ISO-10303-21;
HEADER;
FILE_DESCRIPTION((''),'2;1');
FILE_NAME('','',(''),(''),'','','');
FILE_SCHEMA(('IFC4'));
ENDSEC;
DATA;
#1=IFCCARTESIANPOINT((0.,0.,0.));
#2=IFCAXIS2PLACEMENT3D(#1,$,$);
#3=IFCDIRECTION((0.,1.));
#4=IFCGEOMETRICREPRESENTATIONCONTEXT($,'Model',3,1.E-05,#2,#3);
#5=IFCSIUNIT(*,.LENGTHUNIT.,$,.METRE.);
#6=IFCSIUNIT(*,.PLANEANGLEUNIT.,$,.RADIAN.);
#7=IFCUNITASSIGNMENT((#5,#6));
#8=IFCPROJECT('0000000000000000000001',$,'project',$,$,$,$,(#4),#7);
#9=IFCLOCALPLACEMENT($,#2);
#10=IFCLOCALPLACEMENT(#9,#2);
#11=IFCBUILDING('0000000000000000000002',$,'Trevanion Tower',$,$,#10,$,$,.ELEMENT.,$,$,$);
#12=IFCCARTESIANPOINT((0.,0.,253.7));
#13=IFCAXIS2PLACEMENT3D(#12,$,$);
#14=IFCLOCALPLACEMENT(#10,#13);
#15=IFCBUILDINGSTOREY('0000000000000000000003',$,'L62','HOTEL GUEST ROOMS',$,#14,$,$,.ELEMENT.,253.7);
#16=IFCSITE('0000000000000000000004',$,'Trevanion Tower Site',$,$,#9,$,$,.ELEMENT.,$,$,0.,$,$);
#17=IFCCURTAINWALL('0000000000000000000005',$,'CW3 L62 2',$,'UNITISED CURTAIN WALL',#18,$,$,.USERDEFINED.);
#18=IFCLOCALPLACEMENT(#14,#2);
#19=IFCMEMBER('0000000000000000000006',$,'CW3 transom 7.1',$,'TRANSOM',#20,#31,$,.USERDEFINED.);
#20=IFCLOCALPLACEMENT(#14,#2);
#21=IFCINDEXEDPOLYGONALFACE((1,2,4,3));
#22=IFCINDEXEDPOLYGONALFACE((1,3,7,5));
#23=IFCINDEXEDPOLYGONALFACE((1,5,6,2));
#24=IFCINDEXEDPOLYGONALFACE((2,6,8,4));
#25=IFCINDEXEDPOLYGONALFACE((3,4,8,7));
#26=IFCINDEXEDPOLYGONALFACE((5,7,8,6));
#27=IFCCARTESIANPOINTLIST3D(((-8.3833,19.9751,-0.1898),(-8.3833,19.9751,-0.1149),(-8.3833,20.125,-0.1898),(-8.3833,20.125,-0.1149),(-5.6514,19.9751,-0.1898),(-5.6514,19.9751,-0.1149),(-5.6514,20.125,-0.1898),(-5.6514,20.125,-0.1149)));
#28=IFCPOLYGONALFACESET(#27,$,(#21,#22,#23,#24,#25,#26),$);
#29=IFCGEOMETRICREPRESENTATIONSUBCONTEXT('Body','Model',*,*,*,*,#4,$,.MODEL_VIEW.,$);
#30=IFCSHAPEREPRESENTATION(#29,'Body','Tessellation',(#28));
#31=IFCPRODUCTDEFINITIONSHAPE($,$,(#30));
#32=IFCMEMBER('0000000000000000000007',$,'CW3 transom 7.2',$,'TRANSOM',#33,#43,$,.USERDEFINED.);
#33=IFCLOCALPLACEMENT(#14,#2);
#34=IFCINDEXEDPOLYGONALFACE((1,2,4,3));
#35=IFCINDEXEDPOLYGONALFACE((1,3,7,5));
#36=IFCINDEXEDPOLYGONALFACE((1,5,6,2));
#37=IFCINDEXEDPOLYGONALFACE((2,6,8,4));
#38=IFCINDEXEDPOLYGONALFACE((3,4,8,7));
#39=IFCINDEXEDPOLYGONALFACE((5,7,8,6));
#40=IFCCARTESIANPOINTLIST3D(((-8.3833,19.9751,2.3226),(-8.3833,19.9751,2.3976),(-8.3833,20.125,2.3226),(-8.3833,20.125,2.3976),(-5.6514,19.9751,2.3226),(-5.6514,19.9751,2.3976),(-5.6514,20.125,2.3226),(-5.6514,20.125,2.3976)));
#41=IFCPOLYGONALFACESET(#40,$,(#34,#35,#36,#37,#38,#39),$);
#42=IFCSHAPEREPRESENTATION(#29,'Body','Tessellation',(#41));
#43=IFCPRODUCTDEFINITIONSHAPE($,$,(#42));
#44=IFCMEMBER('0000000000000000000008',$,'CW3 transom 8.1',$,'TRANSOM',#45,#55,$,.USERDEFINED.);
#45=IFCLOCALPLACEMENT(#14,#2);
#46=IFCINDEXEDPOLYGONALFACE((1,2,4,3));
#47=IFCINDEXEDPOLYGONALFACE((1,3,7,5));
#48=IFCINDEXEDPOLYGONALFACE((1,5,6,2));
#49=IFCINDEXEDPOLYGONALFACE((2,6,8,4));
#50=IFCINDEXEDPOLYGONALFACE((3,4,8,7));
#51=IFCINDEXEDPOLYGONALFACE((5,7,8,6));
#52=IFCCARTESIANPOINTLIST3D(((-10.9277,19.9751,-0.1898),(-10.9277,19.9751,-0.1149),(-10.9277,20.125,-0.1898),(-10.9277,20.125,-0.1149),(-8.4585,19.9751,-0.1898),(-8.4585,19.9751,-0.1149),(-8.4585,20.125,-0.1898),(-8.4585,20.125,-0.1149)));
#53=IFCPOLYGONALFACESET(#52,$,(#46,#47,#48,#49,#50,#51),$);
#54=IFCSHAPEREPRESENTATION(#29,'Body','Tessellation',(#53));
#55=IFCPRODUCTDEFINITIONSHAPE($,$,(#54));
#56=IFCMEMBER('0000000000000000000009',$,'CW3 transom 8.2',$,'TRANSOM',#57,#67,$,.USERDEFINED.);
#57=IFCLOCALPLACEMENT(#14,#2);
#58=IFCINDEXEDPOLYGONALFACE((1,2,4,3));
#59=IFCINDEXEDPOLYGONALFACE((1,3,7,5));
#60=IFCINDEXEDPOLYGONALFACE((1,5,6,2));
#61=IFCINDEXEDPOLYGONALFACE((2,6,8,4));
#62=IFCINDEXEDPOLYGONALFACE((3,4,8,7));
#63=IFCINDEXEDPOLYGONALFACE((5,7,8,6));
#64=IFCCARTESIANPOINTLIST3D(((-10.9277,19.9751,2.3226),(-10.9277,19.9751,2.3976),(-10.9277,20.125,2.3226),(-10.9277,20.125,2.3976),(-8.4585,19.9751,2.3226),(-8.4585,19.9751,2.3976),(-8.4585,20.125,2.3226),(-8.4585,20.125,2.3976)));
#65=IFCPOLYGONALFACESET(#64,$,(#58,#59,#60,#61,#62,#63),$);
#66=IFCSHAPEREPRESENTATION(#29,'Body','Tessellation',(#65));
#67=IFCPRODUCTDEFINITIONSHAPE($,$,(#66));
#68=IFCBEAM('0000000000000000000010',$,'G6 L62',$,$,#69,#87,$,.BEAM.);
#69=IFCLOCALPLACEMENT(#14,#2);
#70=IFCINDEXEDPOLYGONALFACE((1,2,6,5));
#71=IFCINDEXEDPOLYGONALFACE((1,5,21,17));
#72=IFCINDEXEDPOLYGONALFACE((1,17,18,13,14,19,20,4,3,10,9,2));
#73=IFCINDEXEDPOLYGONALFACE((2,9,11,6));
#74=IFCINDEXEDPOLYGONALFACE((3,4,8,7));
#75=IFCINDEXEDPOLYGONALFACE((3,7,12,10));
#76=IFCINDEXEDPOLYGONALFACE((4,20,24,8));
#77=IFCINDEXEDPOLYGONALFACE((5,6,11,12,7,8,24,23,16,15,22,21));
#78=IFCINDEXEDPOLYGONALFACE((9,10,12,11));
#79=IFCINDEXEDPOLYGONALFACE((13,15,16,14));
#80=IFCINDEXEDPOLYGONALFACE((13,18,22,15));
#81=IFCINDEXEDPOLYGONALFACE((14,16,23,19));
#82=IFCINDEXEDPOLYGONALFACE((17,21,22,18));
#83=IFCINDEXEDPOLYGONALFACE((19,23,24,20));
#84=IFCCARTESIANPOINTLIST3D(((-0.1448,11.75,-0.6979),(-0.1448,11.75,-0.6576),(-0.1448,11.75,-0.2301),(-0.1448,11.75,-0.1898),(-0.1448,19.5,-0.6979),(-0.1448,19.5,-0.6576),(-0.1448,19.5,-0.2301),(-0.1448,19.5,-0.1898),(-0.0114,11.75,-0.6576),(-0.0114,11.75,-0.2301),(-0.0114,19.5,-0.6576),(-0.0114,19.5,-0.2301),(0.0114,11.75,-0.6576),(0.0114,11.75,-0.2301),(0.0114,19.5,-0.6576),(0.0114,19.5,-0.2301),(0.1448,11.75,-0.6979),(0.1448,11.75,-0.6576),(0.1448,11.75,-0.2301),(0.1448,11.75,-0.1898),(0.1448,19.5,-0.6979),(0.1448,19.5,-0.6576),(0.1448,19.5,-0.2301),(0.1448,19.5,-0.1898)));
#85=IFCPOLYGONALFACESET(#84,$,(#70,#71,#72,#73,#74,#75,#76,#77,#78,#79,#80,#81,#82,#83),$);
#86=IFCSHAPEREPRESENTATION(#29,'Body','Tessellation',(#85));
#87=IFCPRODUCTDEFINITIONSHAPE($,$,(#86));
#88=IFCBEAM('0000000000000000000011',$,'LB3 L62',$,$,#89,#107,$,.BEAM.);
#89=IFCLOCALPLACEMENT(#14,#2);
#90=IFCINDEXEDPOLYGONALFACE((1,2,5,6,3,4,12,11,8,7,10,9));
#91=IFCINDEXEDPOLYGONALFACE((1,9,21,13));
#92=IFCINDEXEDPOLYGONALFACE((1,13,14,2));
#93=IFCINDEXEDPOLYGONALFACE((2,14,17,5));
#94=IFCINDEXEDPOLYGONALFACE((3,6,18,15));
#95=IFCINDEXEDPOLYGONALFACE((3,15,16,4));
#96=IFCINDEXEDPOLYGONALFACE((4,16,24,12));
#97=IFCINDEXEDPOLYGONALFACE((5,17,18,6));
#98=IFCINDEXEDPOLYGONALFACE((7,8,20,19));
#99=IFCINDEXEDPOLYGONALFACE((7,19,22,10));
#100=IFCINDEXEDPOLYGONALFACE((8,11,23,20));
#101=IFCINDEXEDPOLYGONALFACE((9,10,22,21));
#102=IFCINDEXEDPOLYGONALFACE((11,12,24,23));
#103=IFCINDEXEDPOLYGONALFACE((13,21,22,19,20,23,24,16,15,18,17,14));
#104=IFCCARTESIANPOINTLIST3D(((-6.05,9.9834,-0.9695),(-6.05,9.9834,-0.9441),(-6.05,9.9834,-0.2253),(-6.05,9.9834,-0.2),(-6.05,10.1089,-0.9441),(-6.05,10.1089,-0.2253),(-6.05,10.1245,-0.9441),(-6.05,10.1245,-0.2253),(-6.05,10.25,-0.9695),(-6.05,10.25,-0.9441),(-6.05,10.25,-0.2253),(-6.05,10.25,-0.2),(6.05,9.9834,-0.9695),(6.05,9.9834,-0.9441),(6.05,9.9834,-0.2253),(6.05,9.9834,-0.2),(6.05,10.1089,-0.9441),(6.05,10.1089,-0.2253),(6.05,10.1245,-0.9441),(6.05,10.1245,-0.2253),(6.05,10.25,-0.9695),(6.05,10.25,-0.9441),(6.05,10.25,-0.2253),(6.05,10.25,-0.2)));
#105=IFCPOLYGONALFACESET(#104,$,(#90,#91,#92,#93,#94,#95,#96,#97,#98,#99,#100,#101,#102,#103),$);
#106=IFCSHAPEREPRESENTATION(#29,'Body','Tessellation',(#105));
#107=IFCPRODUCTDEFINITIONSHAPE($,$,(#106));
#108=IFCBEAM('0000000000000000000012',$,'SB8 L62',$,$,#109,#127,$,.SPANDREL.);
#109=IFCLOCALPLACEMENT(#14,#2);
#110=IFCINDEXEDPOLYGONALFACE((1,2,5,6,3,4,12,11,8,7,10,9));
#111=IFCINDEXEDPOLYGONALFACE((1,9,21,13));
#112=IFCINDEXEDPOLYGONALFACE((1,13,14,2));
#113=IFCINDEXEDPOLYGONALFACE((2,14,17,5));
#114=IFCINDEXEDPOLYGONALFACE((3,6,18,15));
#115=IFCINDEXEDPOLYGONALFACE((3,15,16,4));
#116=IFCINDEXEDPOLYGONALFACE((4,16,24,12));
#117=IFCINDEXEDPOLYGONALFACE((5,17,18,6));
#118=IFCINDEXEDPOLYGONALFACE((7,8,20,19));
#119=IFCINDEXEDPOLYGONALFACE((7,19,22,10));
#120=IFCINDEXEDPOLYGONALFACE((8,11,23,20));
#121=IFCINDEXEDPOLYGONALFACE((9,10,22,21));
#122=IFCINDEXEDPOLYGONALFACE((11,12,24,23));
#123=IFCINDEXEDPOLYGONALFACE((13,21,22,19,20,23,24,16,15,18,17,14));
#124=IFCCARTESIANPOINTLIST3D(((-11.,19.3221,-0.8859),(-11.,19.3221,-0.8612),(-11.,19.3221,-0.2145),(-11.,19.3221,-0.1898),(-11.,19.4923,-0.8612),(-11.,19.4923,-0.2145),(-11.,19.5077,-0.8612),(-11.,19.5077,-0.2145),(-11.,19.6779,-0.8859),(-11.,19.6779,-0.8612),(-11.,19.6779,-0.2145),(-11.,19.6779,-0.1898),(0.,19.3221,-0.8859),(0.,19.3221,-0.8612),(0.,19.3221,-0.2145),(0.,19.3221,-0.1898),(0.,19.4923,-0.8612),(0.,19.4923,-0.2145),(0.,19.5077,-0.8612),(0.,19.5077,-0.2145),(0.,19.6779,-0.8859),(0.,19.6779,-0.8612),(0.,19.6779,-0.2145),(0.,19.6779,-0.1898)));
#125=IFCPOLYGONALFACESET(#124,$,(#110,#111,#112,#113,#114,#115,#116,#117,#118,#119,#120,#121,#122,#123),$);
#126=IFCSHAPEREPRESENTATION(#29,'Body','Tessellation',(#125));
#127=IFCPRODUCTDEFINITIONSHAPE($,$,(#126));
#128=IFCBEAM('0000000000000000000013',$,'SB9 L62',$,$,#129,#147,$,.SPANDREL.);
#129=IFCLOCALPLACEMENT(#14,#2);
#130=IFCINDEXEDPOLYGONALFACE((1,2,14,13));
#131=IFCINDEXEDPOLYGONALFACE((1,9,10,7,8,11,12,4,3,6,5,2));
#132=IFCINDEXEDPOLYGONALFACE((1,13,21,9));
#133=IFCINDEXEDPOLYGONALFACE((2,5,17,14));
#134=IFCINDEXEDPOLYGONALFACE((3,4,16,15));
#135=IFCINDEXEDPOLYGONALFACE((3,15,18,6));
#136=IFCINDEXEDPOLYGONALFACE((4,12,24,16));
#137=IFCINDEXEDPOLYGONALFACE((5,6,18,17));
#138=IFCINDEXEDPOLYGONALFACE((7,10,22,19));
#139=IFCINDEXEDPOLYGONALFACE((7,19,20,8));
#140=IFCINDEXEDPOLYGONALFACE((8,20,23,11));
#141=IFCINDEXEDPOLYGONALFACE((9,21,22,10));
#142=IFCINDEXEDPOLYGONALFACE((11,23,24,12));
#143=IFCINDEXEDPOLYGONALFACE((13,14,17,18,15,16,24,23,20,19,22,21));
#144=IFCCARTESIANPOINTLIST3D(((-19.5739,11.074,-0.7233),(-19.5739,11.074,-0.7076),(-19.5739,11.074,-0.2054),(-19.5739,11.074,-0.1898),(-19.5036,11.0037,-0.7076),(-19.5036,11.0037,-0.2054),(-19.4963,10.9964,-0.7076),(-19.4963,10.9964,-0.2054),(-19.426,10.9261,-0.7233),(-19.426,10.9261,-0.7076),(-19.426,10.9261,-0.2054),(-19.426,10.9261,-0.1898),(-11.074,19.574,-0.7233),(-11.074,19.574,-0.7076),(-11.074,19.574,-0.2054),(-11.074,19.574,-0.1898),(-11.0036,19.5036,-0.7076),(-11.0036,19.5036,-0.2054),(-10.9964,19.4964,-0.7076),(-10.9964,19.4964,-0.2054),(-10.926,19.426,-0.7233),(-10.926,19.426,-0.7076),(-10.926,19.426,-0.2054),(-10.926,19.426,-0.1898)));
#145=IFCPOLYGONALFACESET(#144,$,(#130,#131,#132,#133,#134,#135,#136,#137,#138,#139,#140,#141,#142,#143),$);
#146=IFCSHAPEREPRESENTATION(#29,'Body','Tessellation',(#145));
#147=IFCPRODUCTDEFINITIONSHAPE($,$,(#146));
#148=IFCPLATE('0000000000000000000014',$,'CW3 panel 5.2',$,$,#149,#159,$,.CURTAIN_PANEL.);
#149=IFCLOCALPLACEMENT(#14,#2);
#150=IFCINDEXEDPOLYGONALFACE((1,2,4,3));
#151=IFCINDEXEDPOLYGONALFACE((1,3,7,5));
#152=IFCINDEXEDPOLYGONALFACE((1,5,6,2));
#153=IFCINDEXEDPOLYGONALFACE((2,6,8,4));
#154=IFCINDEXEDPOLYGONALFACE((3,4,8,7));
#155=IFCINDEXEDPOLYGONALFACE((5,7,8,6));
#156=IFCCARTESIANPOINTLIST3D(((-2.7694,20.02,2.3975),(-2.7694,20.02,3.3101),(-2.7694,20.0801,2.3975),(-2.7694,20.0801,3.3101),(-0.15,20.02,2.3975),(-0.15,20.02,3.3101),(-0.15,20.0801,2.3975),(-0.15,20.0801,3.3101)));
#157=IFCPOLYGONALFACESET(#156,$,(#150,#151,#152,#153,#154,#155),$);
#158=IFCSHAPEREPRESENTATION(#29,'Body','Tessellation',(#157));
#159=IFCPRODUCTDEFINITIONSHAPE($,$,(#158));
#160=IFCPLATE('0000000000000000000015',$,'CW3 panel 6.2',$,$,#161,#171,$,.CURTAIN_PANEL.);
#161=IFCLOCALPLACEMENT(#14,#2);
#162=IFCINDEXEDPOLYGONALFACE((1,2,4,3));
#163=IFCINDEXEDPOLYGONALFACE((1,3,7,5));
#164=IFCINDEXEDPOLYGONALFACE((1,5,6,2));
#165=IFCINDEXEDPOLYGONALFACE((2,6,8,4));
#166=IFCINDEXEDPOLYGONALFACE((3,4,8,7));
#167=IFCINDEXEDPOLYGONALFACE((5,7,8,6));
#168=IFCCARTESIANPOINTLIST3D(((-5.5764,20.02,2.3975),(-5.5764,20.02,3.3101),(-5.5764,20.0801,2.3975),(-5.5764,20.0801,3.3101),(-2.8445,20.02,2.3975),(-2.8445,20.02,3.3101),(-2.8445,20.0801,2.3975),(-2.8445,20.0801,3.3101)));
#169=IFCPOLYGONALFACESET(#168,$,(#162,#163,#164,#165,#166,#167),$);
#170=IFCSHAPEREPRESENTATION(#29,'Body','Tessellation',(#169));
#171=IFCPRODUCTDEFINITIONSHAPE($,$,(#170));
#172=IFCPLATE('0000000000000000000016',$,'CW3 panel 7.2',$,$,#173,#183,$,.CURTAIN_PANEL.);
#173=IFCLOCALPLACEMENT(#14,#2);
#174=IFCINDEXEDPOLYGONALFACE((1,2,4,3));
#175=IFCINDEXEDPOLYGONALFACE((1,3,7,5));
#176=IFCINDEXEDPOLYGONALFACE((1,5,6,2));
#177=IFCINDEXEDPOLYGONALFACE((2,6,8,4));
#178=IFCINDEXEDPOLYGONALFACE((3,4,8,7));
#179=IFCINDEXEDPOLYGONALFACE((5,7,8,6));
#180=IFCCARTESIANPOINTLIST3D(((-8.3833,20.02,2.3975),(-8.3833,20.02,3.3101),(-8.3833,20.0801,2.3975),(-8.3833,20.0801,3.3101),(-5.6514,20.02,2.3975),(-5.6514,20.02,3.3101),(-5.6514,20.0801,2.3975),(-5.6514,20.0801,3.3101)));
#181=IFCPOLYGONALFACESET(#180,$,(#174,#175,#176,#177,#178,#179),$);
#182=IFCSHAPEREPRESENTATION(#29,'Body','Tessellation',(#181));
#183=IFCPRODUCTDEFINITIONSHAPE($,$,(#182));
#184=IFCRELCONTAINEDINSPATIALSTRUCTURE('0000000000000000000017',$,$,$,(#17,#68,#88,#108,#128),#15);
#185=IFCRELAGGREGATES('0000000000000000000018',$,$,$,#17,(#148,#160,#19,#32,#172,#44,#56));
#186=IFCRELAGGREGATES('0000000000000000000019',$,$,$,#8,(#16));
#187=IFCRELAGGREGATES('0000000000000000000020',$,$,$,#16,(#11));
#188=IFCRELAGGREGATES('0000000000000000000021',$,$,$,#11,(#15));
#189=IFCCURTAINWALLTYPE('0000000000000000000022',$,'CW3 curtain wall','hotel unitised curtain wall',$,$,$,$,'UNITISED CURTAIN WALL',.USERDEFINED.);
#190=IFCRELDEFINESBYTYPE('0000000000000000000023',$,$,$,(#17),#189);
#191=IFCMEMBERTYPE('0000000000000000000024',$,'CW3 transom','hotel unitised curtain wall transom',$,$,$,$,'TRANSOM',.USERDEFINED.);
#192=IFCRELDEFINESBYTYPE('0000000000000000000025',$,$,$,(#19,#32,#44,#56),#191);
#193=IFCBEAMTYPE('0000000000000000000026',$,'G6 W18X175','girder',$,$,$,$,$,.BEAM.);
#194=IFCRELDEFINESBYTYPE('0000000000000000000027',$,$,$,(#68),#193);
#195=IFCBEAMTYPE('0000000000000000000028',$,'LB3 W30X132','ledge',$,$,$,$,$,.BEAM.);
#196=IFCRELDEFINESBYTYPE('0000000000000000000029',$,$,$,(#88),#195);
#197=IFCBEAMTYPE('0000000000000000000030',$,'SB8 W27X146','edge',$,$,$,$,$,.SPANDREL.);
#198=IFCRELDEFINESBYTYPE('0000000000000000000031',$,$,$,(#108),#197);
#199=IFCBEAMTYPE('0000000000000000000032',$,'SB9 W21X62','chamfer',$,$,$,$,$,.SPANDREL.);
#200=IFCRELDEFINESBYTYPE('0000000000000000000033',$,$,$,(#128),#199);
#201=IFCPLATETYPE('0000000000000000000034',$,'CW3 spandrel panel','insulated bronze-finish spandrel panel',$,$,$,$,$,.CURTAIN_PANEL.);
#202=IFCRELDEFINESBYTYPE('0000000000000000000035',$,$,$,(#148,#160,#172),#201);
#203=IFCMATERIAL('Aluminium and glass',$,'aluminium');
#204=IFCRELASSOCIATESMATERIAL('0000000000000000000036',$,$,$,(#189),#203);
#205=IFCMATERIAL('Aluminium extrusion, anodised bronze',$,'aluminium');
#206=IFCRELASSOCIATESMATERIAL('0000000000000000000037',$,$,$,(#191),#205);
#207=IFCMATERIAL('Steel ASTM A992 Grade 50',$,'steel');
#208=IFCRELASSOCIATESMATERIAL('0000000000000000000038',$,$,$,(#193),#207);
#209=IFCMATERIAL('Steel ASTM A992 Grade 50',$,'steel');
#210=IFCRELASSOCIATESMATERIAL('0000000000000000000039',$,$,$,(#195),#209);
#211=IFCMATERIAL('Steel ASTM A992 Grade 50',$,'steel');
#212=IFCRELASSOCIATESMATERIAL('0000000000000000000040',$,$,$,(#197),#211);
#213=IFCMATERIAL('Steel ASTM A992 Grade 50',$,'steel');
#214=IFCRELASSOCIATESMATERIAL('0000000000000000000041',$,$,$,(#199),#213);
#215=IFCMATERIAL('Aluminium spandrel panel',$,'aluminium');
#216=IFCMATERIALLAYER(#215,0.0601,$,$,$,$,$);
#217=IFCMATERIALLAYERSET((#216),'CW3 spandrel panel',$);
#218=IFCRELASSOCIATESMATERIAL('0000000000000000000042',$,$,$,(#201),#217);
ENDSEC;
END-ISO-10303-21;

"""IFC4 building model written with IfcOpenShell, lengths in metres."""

from ifc_helpers import new_model, si_unit, direction, frame, origin, origin_2d, place, context, subcontext, project, spatial, rectangle, i_section, extrude, material, layer, layer_set, material_profile, profile_set, type_object, element, aggregate, save


model = new_model("IFC4")

# Units and contexts
model_context = context("Model", 3, precision=1e-05, world=origin(), true_north=direction((0.0, 1.0)))
body_context = subcontext(model_context, "Body", "Model", "MODEL_VIEW")
ifc_project = project(units=[si_unit("LENGTHUNIT", "METRE"), si_unit("PLANEANGLEUNIT", "RADIAN")], contexts=[model_context])

# Site, building, storey
site_placement = place(None, origin())
site = spatial("IfcSite", under=ifc_project, at=site_placement, Name="Trevanion Tower Site", CompositionType="ELEMENT", RefElevation=0.0)
building_placement = place(site_placement, origin())
building = spatial("IfcBuilding", under=site, at=building_placement, Name="Trevanion Tower", CompositionType="ELEMENT")
storey_placement = place(building_placement, frame((0.0, 0.0, 253.7)))
storey = spatial("IfcBuildingStorey", under=building, at=storey_placement, Name="L62", Description="HOTEL GUEST ROOMS", CompositionType="ELEMENT", Elevation=253.7)

# Curtain wall, members
ifc_material_1 = material(Name="Aluminium and glass", Category="aluminium")
curtain_wall_type = type_object("IfcCurtainWallType", Name="CW3 curtain wall", Description="hotel unitised curtain wall", ElementType="UNITISED CURTAIN WALL", PredefinedType="USERDEFINED", material=ifc_material_1)
curtain_wall_placement = place(storey_placement, origin())
curtain_wall = element("IfcCurtainWall", 1, at=curtain_wall_placement, inside=storey, type_object=curtain_wall_type, Name="CW3 L62 2", ObjectType="UNITISED CURTAIN WALL", PredefinedType="USERDEFINED")
ifc_material_2 = material(Name="Aluminium extrusion, anodised bronze", Category="aluminium")
ifc_material_profile_1 = material_profile(ifc_material_2, rectangle(XDim=0.1499, YDim=0.075, at=origin_2d()), Name="CW3 transom")
ifc_profile_set_1 = profile_set([ifc_material_profile_1], Name="Aluminium extrusion, anodised bronze")
member_type_1 = type_object("IfcMemberType", Name="CW3 transom", Description="hotel unitised curtain wall transom", ElementType="TRANSOM", PredefinedType="USERDEFINED", material=ifc_profile_set_1)
member_1_placement = place(storey_placement, frame((-5.6514, 20.05, -0.1523), z_axis=(-1.0, 0.0, 0.0), x_axis=(0.0, -1.0, 0.0)))
member_1 = element("IfcMember", 2, at=member_1_placement, type_object=member_type_1, Name="CW3 transom 7.1", ObjectType="TRANSOM", PredefinedType="USERDEFINED", context=body_context, shape_type="SweptSolid", body=[
    extrude(rectangle(XDim=0.1499, YDim=0.075, at=origin_2d()), origin(), (0.0, 0.0, 1.0), 2.7319),
])
member_2_placement = place(storey_placement, frame((-5.6514, 20.05, 2.3601), z_axis=(-1.0, 0.0, 0.0), x_axis=(0.0, -1.0, 0.0)))
member_2 = element("IfcMember", 3, at=member_2_placement, type_object=member_type_1, Name="CW3 transom 7.2", ObjectType="TRANSOM", PredefinedType="USERDEFINED", context=body_context, shape_type="SweptSolid", body=[
    extrude(rectangle(XDim=0.1499, YDim=0.075, at=origin_2d()), origin(), (0.0, 0.0, 1.0), 2.7319),
])
member_3_placement = place(storey_placement, frame((-8.4585, 20.05, -0.1523), z_axis=(-1.0, 0.0, 0.0), x_axis=(0.0, -1.0, 0.0)))
member_3 = element("IfcMember", 4, at=member_3_placement, type_object=member_type_1, Name="CW3 transom 8.1", ObjectType="TRANSOM", PredefinedType="USERDEFINED", context=body_context, shape_type="SweptSolid", body=[
    extrude(rectangle(XDim=0.1499, YDim=0.075, at=origin_2d()), origin(), (0.0, 0.0, 1.0), 2.4692),
])
member_4_placement = place(storey_placement, frame((-8.4585, 20.05, 2.3601), z_axis=(-1.0, 0.0, 0.0), x_axis=(0.0, -1.0, 0.0)))
member_4 = element("IfcMember", 5, at=member_4_placement, type_object=member_type_1, Name="CW3 transom 8.2", ObjectType="TRANSOM", PredefinedType="USERDEFINED", context=body_context, shape_type="SweptSolid", body=[
    extrude(rectangle(XDim=0.1499, YDim=0.075, at=origin_2d()), origin(), (0.0, 0.0, 1.0), 2.4692),
])

# Beams
ifc_material_3 = material(Name="Steel ASTM A992 Grade 50", Category="steel")
ifc_material_profile_2 = material_profile(ifc_material_3, i_section(OverallWidth=0.2896, OverallDepth=0.5081, WebThickness=0.0227, FlangeThickness=0.0403, at=origin_2d()), Name="W18X175")
ifc_profile_set_2 = profile_set([ifc_material_profile_2], Name="Steel ASTM A992 Grade 50")
beam_type_1 = type_object("IfcBeamType", Name="G6 W18X175", Description="girder", PredefinedType="BEAM", material=ifc_profile_set_2)
beam_1_placement = place(storey_placement, frame((0.0, 11.75, -0.4438), z_axis=(0.0, 1.0, 0.0), x_axis=(-1.0, 0.0, 0.0)))
element("IfcBeam", 6, at=beam_1_placement, inside=storey, type_object=beam_type_1, Name="G6 L62", PredefinedType="BEAM", context=body_context, shape_type="SweptSolid", body=[
    extrude(i_section(OverallWidth=0.2896, OverallDepth=0.5081, WebThickness=0.0227, FlangeThickness=0.0403, at=origin_2d()), origin(), (0.0, 0.0, 1.0), 7.75),
])
ifc_material_4 = material(Name="Steel ASTM A992 Grade 50", Category="steel")
ifc_material_profile_3 = material_profile(ifc_material_4, i_section(OverallWidth=0.2666, OverallDepth=0.7695, WebThickness=0.0156, FlangeThickness=0.0254, at=origin_2d()), Name="W30X132")
ifc_profile_set_3 = profile_set([ifc_material_profile_3], Name="Steel ASTM A992 Grade 50")
beam_type_2 = type_object("IfcBeamType", Name="LB3 W30X132", Description="ledge", PredefinedType="BEAM", material=ifc_profile_set_3)
beam_2_placement = place(storey_placement, frame((-6.05, 10.1167, -0.5847), z_axis=(1.0, 0.0, 0.0), x_axis=(0.0, 1.0, 0.0)))
element("IfcBeam", 7, at=beam_2_placement, inside=storey, type_object=beam_type_2, Name="LB3 L62", PredefinedType="BEAM", context=body_context, shape_type="SweptSolid", body=[
    extrude(i_section(OverallWidth=0.2666, OverallDepth=0.7695, WebThickness=0.0156, FlangeThickness=0.0254, at=origin_2d()), origin(), (0.0, 0.0, 1.0), 12.1001),
])
ifc_material_5 = material(Name="Steel ASTM A992 Grade 50", Category="steel")
ifc_material_profile_4 = material_profile(ifc_material_5, i_section(OverallWidth=0.3557, OverallDepth=0.696, WebThickness=0.0154, FlangeThickness=0.0247, at=origin_2d()), Name="W27X146")
ifc_profile_set_4 = profile_set([ifc_material_profile_4], Name="Steel ASTM A992 Grade 50")
beam_type_3 = type_object("IfcBeamType", Name="SB8 W27X146", Description="edge", PredefinedType="SPANDREL", material=ifc_profile_set_4)
beam_3_placement = place(storey_placement, frame((0.0, 19.5, -0.5378), z_axis=(-1.0, 0.0, 0.0), x_axis=(0.0, -1.0, 0.0)))
element("IfcBeam", 8, at=beam_3_placement, inside=storey, type_object=beam_type_3, Name="SB8 L62", PredefinedType="SPANDREL", context=body_context, shape_type="SweptSolid", body=[
    extrude(i_section(OverallWidth=0.3557, OverallDepth=0.696, WebThickness=0.0154, FlangeThickness=0.0247, at=origin_2d()), origin(), (0.0, 0.0, 1.0), 11.0),
])
ifc_material_6 = material(Name="Steel ASTM A992 Grade 50", Category="steel")
ifc_material_profile_5 = material_profile(ifc_material_6, i_section(OverallWidth=0.2092, OverallDepth=0.5334, WebThickness=0.0103, FlangeThickness=0.0156, at=origin_2d()), Name="W21X62")
ifc_profile_set_5 = profile_set([ifc_material_profile_5], Name="Steel ASTM A992 Grade 50")
beam_type_4 = type_object("IfcBeamType", Name="SB9 W21X62", Description="chamfer", PredefinedType="SPANDREL", material=ifc_profile_set_5)
beam_4_placement = place(storey_placement, frame((-11.0, 19.5, -0.4565), z_axis=(-0.707107, -0.707107, 0.0), x_axis=(0.707107, -0.707107, 0.0)))
element("IfcBeam", 9, at=beam_4_placement, inside=storey, type_object=beam_type_4, Name="SB9 L62", PredefinedType="SPANDREL", context=body_context, shape_type="SweptSolid", body=[
    extrude(i_section(OverallWidth=0.2092, OverallDepth=0.5334, WebThickness=0.0103, FlangeThickness=0.0156, at=origin_2d()), origin(), (0.0, 0.0, 1.0), 12.0208),
])

# Plates
ifc_material_7 = material(Name="Aluminium spandrel panel", Category="aluminium")
ifc_layer_1 = layer(ifc_material_7, 0.0601)
ifc_layer_set_1 = layer_set([ifc_layer_1], Name="CW3 spandrel panel")
plate_type_1 = type_object("IfcPlateType", Name="CW3 spandrel panel", Description="insulated bronze-finish spandrel panel", PredefinedType="CURTAIN_PANEL", material=ifc_layer_set_1)
plate_1_placement = place(storey_placement, frame((-1.4597, 20.05, 2.3975), z_axis=(0.0, 0.0, 1.0), x_axis=(-1.0, 0.0, 0.0)))
plate_1 = element("IfcPlate", 10, at=plate_1_placement, type_object=plate_type_1, Name="CW3 panel 5.2", PredefinedType="CURTAIN_PANEL", context=body_context, shape_type="SweptSolid", body=[
    extrude(rectangle(XDim=2.6194, YDim=0.0601, at=origin_2d()), origin(), (0.0, 0.0, 1.0), 0.9126),
])
plate_2_placement = place(storey_placement, frame((-4.2104, 20.05, 2.3975), z_axis=(0.0, 0.0, 1.0), x_axis=(-1.0, 0.0, 0.0)))
plate_2 = element("IfcPlate", 11, at=plate_2_placement, type_object=plate_type_1, Name="CW3 panel 6.2", PredefinedType="CURTAIN_PANEL", context=body_context, shape_type="SweptSolid", body=[
    extrude(rectangle(XDim=2.7319, YDim=0.0601, at=origin_2d()), origin(), (0.0, 0.0, 1.0), 0.9126),
])
plate_3_placement = place(storey_placement, frame((-7.0173, 20.05, 2.3975), z_axis=(0.0, 0.0, 1.0), x_axis=(-1.0, 0.0, 0.0)))
plate_3 = element("IfcPlate", 12, at=plate_3_placement, type_object=plate_type_1, Name="CW3 panel 7.2", PredefinedType="CURTAIN_PANEL", context=body_context, shape_type="SweptSolid", body=[
    extrude(rectangle(XDim=2.7319, YDim=0.0601, at=origin_2d()), origin(), (0.0, 0.0, 1.0), 0.9126),
])
aggregate(curtain_wall, [plate_1, plate_2, member_1, member_2, plate_3, member_3, member_4])

save(model, "model.ifc")
